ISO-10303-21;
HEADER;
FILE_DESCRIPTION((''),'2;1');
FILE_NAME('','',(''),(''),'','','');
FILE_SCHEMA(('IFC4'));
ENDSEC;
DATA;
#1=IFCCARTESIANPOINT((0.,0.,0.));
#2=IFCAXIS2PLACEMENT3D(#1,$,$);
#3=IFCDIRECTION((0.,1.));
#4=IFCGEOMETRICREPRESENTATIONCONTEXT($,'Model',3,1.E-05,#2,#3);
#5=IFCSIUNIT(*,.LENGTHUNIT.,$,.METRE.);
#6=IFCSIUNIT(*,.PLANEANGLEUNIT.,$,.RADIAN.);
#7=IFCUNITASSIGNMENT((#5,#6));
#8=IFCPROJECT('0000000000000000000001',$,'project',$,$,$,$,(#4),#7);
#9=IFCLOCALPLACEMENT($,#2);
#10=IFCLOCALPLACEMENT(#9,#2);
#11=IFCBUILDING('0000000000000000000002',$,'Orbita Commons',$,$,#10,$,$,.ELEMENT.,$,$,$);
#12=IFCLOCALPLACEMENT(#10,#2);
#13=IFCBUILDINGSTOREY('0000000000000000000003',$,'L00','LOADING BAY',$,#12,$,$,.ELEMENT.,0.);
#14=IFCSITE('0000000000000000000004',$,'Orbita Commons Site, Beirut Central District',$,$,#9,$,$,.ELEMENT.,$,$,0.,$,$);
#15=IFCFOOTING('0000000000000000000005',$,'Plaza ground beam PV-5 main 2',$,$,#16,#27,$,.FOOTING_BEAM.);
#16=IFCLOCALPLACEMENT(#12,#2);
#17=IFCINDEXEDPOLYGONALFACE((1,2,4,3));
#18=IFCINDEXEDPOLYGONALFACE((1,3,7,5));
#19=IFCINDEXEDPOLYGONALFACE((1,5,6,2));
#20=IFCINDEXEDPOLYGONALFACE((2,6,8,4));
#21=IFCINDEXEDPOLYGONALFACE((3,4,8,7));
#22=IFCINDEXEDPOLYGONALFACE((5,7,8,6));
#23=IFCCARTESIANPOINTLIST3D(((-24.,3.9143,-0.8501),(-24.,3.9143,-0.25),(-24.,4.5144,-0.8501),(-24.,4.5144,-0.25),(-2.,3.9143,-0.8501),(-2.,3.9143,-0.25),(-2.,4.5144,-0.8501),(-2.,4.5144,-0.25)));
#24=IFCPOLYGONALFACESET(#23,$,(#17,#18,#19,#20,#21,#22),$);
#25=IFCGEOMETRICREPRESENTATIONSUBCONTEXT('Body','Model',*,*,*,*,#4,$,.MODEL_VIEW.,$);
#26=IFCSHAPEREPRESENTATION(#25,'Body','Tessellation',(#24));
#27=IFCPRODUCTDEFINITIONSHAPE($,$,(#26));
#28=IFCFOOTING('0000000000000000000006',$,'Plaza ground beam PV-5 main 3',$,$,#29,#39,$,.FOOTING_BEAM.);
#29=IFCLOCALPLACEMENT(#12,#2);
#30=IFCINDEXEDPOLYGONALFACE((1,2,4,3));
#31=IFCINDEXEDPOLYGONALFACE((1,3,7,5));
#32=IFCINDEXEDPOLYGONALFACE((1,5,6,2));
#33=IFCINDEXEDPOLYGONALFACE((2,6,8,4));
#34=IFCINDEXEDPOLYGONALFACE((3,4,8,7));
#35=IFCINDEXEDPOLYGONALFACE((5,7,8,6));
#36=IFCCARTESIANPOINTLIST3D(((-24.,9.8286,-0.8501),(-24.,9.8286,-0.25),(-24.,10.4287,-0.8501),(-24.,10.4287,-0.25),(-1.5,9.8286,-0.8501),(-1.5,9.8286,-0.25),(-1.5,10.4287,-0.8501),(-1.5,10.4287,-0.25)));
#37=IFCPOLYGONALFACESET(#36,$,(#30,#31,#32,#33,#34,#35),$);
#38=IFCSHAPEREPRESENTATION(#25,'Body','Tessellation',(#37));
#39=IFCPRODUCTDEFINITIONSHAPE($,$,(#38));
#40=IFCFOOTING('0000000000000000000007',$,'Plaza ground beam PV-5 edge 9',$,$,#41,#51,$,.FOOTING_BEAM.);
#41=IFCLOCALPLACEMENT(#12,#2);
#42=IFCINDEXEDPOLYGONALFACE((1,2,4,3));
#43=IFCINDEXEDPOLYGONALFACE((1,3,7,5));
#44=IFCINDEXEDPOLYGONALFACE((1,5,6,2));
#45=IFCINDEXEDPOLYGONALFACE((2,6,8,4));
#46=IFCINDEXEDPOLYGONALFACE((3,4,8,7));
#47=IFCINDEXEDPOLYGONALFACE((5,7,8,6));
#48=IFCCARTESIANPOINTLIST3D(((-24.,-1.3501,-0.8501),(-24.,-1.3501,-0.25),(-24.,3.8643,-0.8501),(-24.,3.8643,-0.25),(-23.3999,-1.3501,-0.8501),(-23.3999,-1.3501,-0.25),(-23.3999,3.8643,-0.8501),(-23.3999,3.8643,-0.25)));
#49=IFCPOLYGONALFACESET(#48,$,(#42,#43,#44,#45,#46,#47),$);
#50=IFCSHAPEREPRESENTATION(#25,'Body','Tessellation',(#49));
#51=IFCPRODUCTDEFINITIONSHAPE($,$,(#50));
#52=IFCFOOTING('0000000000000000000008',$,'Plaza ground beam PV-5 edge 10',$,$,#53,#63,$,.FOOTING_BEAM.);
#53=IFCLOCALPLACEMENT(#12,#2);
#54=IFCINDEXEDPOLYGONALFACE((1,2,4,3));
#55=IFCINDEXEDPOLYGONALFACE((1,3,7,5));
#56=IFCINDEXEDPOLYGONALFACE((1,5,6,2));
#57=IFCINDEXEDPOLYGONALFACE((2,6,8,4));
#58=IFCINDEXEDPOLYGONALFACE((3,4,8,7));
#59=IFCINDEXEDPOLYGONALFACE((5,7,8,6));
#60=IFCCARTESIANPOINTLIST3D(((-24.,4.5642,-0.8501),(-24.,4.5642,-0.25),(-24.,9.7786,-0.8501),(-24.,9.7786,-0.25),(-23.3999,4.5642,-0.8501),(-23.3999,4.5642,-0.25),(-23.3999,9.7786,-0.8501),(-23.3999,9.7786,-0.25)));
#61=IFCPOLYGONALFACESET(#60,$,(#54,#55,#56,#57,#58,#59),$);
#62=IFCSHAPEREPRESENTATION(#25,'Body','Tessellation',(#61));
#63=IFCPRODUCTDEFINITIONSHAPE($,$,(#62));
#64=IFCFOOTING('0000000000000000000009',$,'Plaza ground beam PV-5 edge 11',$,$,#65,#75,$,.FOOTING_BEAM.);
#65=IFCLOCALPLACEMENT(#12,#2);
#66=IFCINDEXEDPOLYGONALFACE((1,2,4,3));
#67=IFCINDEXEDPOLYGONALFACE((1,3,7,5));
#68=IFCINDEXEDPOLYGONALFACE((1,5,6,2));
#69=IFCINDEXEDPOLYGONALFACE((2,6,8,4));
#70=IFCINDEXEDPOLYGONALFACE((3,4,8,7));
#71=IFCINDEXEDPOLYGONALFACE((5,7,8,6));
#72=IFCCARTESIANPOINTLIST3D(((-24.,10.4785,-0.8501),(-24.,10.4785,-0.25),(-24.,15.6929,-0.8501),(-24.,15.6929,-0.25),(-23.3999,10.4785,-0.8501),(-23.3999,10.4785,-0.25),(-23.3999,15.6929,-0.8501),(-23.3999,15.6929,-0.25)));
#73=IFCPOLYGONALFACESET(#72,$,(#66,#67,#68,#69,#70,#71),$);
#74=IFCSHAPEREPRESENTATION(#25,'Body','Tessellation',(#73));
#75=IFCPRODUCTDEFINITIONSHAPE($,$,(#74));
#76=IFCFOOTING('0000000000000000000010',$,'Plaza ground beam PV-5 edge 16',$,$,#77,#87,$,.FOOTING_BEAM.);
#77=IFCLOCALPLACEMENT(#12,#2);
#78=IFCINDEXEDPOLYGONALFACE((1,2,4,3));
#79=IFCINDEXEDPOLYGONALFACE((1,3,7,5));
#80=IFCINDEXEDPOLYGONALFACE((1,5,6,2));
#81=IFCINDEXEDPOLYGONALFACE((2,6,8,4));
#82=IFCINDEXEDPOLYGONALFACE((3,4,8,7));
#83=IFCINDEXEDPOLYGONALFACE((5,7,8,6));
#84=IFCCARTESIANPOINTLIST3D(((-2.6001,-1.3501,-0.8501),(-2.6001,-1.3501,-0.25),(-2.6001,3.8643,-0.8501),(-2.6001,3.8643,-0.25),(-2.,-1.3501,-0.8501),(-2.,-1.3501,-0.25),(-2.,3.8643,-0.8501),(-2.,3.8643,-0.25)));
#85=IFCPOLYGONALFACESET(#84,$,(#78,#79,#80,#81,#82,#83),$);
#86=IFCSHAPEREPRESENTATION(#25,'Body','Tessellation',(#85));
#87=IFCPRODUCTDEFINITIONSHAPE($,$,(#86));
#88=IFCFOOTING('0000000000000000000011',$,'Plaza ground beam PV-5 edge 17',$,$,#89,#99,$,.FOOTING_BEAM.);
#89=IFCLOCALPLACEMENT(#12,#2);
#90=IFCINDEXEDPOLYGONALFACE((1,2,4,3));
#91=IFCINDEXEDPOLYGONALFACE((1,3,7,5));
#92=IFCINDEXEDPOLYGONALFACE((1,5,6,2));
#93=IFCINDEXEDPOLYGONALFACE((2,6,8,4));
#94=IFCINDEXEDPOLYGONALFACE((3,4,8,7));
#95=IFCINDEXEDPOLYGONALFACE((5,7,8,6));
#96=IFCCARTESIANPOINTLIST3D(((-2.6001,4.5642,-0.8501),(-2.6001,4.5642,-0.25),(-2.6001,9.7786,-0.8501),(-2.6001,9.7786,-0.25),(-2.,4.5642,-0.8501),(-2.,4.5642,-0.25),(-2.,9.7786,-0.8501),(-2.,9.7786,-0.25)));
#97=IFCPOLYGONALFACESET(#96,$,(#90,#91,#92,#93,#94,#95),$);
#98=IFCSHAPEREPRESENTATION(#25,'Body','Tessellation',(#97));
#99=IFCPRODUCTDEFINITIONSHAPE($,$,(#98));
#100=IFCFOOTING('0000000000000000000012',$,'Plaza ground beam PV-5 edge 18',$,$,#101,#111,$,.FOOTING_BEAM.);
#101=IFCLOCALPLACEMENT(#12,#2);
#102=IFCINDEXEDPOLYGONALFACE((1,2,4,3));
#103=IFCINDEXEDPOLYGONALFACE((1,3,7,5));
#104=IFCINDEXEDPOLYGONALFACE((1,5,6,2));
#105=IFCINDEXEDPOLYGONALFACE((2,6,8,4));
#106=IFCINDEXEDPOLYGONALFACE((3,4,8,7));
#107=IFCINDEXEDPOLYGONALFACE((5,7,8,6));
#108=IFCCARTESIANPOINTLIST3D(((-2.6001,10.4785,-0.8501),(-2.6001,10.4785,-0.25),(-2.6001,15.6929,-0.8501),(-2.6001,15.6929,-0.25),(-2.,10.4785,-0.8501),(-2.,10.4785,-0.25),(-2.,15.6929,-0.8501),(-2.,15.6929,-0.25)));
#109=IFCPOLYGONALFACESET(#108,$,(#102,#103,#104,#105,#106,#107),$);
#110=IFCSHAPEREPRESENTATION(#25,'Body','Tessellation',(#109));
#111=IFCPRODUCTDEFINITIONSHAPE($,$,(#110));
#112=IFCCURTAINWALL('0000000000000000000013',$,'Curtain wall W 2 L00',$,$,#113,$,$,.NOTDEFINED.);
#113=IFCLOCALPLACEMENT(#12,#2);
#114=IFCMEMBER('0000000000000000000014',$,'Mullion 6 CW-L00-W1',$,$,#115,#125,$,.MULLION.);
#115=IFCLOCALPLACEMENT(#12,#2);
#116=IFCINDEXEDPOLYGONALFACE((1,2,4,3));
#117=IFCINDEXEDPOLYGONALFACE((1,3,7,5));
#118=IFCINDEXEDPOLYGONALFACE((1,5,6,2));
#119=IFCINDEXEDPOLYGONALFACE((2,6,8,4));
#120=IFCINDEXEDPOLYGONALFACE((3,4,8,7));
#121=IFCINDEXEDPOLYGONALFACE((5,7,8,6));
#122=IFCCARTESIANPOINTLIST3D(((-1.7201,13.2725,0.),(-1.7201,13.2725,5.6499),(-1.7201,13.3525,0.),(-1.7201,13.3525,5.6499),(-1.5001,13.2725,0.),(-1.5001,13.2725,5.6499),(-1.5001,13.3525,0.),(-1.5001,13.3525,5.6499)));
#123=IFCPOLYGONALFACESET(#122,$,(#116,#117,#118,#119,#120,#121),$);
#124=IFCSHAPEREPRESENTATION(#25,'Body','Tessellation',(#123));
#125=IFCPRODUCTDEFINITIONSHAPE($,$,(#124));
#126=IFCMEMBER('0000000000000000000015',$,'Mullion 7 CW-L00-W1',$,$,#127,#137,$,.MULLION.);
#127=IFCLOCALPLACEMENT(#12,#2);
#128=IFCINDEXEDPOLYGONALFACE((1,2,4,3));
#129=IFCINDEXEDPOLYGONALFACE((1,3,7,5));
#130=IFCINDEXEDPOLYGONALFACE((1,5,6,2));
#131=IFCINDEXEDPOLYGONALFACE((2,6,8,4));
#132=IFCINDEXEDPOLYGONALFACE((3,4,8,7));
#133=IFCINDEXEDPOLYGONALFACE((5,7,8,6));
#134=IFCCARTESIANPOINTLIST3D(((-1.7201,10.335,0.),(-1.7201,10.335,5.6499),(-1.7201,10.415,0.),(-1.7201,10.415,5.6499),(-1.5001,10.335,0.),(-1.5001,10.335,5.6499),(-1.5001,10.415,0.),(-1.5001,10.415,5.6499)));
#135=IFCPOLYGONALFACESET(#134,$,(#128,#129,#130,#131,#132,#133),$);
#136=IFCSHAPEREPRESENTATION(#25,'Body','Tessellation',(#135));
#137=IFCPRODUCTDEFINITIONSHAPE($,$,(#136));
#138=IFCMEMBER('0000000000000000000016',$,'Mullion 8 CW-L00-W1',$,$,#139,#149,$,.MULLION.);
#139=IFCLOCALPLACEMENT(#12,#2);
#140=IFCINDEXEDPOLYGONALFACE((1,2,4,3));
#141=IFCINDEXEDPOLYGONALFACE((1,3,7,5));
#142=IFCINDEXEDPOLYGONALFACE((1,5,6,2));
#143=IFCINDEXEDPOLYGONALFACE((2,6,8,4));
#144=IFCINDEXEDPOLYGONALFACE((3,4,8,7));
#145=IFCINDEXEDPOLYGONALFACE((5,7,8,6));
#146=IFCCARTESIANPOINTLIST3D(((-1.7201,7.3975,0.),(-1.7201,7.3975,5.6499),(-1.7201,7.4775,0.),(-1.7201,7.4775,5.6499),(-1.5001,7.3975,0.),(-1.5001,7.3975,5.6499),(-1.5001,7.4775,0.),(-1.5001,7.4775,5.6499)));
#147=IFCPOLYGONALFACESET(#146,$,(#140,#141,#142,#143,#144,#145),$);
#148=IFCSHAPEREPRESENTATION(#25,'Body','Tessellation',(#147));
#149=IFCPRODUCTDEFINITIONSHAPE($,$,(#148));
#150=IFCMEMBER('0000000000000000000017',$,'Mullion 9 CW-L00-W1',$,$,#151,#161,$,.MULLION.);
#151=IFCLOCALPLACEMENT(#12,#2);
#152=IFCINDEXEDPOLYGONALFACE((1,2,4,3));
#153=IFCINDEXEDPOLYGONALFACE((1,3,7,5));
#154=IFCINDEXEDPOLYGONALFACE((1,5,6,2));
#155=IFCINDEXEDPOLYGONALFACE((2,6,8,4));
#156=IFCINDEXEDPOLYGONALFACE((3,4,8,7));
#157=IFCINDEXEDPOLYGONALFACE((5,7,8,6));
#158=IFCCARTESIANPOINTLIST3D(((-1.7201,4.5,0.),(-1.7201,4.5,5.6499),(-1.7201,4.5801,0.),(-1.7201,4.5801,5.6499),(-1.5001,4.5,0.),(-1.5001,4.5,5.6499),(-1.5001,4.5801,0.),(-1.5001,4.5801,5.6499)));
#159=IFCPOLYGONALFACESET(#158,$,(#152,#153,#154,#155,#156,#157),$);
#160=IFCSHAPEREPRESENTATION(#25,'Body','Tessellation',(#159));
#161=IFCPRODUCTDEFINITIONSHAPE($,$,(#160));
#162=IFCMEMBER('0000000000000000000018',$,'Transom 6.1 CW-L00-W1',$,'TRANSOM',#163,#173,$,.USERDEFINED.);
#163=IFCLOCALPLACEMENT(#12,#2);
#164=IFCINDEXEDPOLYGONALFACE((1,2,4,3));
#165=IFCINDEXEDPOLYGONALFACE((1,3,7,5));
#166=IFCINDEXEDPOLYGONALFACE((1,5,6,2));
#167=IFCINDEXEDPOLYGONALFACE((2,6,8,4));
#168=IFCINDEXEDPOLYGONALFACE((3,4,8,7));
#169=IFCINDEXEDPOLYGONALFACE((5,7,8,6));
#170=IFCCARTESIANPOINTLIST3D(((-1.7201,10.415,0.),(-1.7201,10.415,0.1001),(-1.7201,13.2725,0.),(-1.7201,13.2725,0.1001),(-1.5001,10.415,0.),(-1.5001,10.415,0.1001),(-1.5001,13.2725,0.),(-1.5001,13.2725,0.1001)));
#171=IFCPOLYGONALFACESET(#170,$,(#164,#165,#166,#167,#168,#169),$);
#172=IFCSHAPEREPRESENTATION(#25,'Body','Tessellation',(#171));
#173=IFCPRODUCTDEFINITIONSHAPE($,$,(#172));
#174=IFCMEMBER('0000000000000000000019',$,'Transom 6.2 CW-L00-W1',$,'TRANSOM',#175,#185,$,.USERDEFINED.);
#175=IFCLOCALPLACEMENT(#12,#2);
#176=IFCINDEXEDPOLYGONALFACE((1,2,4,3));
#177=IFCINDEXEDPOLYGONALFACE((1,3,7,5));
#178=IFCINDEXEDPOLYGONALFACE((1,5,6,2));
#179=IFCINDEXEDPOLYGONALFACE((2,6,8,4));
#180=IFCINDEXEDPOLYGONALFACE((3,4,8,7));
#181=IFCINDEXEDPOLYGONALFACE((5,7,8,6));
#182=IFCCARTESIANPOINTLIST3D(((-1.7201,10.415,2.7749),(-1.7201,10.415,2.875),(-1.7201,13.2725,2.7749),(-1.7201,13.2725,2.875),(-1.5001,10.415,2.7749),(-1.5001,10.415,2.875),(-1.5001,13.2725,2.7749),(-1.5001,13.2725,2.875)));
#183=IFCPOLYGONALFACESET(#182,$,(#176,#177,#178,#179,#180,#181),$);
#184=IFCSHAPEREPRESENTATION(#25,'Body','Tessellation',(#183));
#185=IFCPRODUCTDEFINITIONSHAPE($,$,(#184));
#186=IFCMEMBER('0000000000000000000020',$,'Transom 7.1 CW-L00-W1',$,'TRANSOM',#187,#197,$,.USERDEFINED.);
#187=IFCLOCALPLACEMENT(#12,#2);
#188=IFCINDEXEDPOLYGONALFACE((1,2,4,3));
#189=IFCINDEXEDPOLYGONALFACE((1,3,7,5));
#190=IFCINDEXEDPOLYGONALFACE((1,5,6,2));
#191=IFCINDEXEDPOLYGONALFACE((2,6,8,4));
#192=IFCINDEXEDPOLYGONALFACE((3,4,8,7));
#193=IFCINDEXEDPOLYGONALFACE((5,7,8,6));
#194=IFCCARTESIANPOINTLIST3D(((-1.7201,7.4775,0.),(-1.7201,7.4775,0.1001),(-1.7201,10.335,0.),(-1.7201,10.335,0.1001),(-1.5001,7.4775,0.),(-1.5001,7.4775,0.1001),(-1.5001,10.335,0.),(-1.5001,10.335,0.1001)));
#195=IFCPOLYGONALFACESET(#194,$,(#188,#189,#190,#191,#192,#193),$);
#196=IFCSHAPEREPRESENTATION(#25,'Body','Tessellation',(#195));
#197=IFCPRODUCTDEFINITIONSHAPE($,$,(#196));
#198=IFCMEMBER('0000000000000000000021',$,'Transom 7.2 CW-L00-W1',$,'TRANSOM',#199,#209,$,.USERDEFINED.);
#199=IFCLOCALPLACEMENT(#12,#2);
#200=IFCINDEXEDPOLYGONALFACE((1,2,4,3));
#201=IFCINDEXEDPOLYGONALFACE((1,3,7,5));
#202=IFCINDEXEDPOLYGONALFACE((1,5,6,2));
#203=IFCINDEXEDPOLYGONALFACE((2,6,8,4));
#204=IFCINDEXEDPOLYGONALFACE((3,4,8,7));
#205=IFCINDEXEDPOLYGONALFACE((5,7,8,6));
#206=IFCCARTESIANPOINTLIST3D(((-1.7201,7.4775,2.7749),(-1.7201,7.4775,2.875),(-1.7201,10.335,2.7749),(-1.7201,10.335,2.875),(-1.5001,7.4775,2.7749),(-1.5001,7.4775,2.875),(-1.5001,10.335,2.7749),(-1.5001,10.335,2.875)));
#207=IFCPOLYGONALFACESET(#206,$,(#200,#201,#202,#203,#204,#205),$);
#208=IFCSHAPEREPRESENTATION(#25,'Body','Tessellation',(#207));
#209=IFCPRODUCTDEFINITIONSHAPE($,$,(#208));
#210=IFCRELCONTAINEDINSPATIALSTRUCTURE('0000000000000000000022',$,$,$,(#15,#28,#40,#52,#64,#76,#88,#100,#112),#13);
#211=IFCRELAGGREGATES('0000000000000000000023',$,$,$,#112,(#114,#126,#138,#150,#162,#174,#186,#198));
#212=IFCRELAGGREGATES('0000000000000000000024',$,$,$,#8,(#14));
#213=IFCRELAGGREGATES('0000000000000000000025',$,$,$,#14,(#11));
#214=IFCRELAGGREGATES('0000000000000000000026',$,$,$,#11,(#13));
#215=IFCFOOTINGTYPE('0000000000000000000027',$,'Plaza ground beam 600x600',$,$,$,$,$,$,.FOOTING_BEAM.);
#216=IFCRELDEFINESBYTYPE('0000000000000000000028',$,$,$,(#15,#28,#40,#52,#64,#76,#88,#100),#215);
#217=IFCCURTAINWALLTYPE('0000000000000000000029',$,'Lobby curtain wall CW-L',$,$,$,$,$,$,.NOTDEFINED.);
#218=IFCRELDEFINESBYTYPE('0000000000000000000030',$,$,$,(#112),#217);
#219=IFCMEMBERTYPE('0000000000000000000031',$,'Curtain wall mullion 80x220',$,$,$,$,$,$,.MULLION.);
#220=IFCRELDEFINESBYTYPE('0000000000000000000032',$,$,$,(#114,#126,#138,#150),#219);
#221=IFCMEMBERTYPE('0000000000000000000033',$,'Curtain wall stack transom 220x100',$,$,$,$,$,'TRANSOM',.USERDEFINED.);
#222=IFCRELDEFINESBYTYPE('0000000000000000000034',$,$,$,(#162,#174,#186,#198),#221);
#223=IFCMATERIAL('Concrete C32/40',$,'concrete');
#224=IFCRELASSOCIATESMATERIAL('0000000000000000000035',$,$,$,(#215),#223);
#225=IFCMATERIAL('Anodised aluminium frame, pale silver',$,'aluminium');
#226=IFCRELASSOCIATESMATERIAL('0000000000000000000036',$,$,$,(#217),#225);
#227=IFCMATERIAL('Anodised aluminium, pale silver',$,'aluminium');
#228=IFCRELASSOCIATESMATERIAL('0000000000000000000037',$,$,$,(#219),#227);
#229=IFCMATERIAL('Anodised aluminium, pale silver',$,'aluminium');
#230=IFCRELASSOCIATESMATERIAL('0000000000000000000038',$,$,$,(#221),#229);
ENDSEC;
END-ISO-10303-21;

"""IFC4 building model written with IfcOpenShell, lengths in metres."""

from ifc_helpers import new_model, si_unit, direction, frame, origin, origin_2d, place, context, subcontext, project, spatial, rectangle, extrude, material, material_profile, profile_set, type_object, element, aggregate, save


model = new_model("IFC4")

# Units and contexts
model_context = context("Model", 3, precision=1e-05, world=origin(), true_north=direction((0.0, 1.0)))
body_context = subcontext(model_context, "Body", "Model", "MODEL_VIEW")
ifc_project = project(units=[si_unit("LENGTHUNIT", "METRE"), si_unit("PLANEANGLEUNIT", "RADIAN")], contexts=[model_context])

# Site, building, storey
site_placement = place(None, origin())
site = spatial("IfcSite", under=ifc_project, at=site_placement, Name="Orbita Commons Site, Beirut Central District", CompositionType="ELEMENT", RefElevation=0.0)
building_placement = place(site_placement, origin())
building = spatial("IfcBuilding", under=site, at=building_placement, Name="Orbita Commons", CompositionType="ELEMENT")
storey_placement = place(building_placement, origin())
storey = spatial("IfcBuildingStorey", under=building, at=storey_placement, Name="L00", Description="LOADING BAY", CompositionType="ELEMENT", Elevation=0.0)

# Footings
ifc_material_1 = material(Name="Concrete C32/40", Category="concrete")
footing_type = type_object("IfcFootingType", Name="Plaza ground beam 600x600", PredefinedType="FOOTING_BEAM", material=ifc_material_1)
footing_1_placement = place(storey_placement, frame((-13.0, 4.2144, -0.8501), z_axis=(0.0, 0.0, 1.0), x_axis=(1.0, 0.0, 0.0)))
element("IfcFooting", 1, at=footing_1_placement, inside=storey, type_object=footing_type, Name="Plaza ground beam PV-5 main 2", PredefinedType="FOOTING_BEAM", context=body_context, shape_type="SweptSolid", body=[
    extrude(rectangle(XDim=22.0, YDim=0.6001, at=origin_2d()), origin(), (0.0, 0.0, 1.0), 0.6001),
])
footing_2_placement = place(storey_placement, frame((-12.75, 10.1287, -0.8501), z_axis=(0.0, 0.0, 1.0), x_axis=(1.0, 0.0, 0.0)))
element("IfcFooting", 2, at=footing_2_placement, inside=storey, type_object=footing_type, Name="Plaza ground beam PV-5 main 3", PredefinedType="FOOTING_BEAM", context=body_context, shape_type="SweptSolid", body=[
    extrude(rectangle(XDim=22.5, YDim=0.6001, at=origin_2d()), origin(), (0.0, 0.0, 1.0), 0.6001),
])
for number, where, z_axis, x_axis, name in (
    (3, (-23.7, 1.2571, -0.8501), (0.0, 0.0, 1.0), (1.0, 0.0, 0.0), "Plaza ground beam PV-5 edge 9"),
    (4, (-23.7, 7.1714, -0.8501), (0.0, 0.0, 1.0), (1.0, 0.0, 0.0), "Plaza ground beam PV-5 edge 10"),
    (5, (-23.7, 13.0857, -0.8501), (0.0, 0.0, 1.0), (1.0, 0.0, 0.0), "Plaza ground beam PV-5 edge 11"),
    (6, (-2.3, 1.2571, -0.8501), (0.0, 0.0, 1.0), (1.0, 0.0, 0.0), "Plaza ground beam PV-5 edge 16"),
    (7, (-2.3, 7.1714, -0.8501), (0.0, 0.0, 1.0), (1.0, 0.0, 0.0), "Plaza ground beam PV-5 edge 17"),
    (8, (-2.3, 13.0857, -0.8501), (0.0, 0.0, 1.0), (1.0, 0.0, 0.0), "Plaza ground beam PV-5 edge 18"),
):
    element("IfcFooting", number, at=place(storey_placement, frame(where, z_axis=z_axis, x_axis=x_axis)), inside=storey, type_object=footing_type, Name=name, PredefinedType="FOOTING_BEAM", context=body_context, shape_type="SweptSolid", body=[
        extrude(rectangle(XDim=0.6001, YDim=5.2144, at=origin_2d()), origin(), (0.0, 0.0, 1.0), 0.6001),
    ])

# Curtain wall, members
ifc_material_2 = material(Name="Anodised aluminium frame, pale silver", Category="aluminium")
curtain_wall_type = type_object("IfcCurtainWallType", Name="Lobby curtain wall CW-L", PredefinedType="NOTDEFINED", material=ifc_material_2)
curtain_wall_placement = place(storey_placement, origin())
curtain_wall = element("IfcCurtainWall", 9, at=curtain_wall_placement, inside=storey, type_object=curtain_wall_type, Name="Curtain wall W 2 L00", PredefinedType="NOTDEFINED")
ifc_material_3 = material(Name="Anodised aluminium, pale silver", Category="aluminium")
ifc_material_profile_1 = material_profile(ifc_material_3, rectangle(XDim=0.0801, YDim=0.22, at=origin_2d()), Name="AL 80x220")
ifc_profile_set_1 = profile_set([ifc_material_profile_1], Name="Anodised aluminium, pale silver")
member_type_1 = type_object("IfcMemberType", Name="Curtain wall mullion 80x220", PredefinedType="MULLION", material=ifc_profile_set_1)
member_1_placement = place(storey_placement, frame((-1.6101, 13.3125, 0.0), z_axis=(0.0, 0.0, 1.0), x_axis=(0.0, -1.0, 0.0)))
member_1 = element("IfcMember", 10, at=member_1_placement, type_object=member_type_1, Name="Mullion 6 CW-L00-W1", PredefinedType="MULLION", context=body_context, shape_type="SweptSolid", body=[
    extrude(rectangle(XDim=0.0801, YDim=0.22, at=origin_2d()), origin(), (0.0, 0.0, 1.0), 5.6499),
])
member_2_placement = place(storey_placement, frame((-1.6101, 10.375, 0.0), z_axis=(0.0, 0.0, 1.0), x_axis=(0.0, -1.0, 0.0)))
member_2 = element("IfcMember", 11, at=member_2_placement, type_object=member_type_1, Name="Mullion 7 CW-L00-W1", PredefinedType="MULLION", context=body_context, shape_type="SweptSolid", body=[
    extrude(rectangle(XDim=0.0801, YDim=0.22, at=origin_2d()), origin(), (0.0, 0.0, 1.0), 5.6499),
])
member_3_placement = place(storey_placement, frame((-1.6101, 7.4375, 0.0), z_axis=(0.0, 0.0, 1.0), x_axis=(0.0, -1.0, 0.0)))
member_3 = element("IfcMember", 12, at=member_3_placement, type_object=member_type_1, Name="Mullion 8 CW-L00-W1", PredefinedType="MULLION", context=body_context, shape_type="SweptSolid", body=[
    extrude(rectangle(XDim=0.0801, YDim=0.22, at=origin_2d()), origin(), (0.0, 0.0, 1.0), 5.6499),
])
member_4_placement = place(storey_placement, frame((-1.6101, 4.54, 0.0), z_axis=(0.0, 0.0, 1.0), x_axis=(0.0, -1.0, 0.0)))
member_4 = element("IfcMember", 13, at=member_4_placement, type_object=member_type_1, Name="Mullion 9 CW-L00-W1", PredefinedType="MULLION", context=body_context, shape_type="SweptSolid", body=[
    extrude(rectangle(XDim=0.0801, YDim=0.22, at=origin_2d()), origin(), (0.0, 0.0, 1.0), 5.6499),
])
ifc_material_4 = material(Name="Anodised aluminium, pale silver", Category="aluminium")
ifc_material_profile_2 = material_profile(ifc_material_4, rectangle(XDim=0.22, YDim=0.1001, at=origin_2d()), Name="AL 220x100")
ifc_profile_set_2 = profile_set([ifc_material_profile_2], Name="Anodised aluminium, pale silver")
member_type_2 = type_object("IfcMemberType", Name="Curtain wall stack transom 220x100", ElementType="TRANSOM", PredefinedType="USERDEFINED", material=ifc_profile_set_2)
member_5_placement = place(storey_placement, frame((-1.6101, 13.2725, 0.05), z_axis=(0.0, -1.0, 0.0), x_axis=(1.0, 0.0, 0.0)))
member_5 = element("IfcMember", 14, at=member_5_placement, type_object=member_type_2, Name="Transom 6.1 CW-L00-W1", ObjectType="TRANSOM", PredefinedType="USERDEFINED", context=body_context, shape_type="SweptSolid", body=[
    extrude(rectangle(XDim=0.22, YDim=0.1001, at=origin_2d()), origin(), (0.0, 0.0, 1.0), 2.8574),
])
member_6_placement = place(storey_placement, frame((-1.6101, 13.2725, 2.825), z_axis=(0.0, -1.0, 0.0), x_axis=(1.0, 0.0, 0.0)))
member_6 = element("IfcMember", 15, at=member_6_placement, type_object=member_type_2, Name="Transom 6.2 CW-L00-W1", ObjectType="TRANSOM", PredefinedType="USERDEFINED", context=body_context, shape_type="SweptSolid", body=[
    extrude(rectangle(XDim=0.22, YDim=0.1001, at=origin_2d()), origin(), (0.0, 0.0, 1.0), 2.8574),
])
member_7_placement = place(storey_placement, frame((-1.6101, 10.335, 0.05), z_axis=(0.0, -1.0, 0.0), x_axis=(1.0, 0.0, 0.0)))
member_7 = element("IfcMember", 16, at=member_7_placement, type_object=member_type_2, Name="Transom 7.1 CW-L00-W1", ObjectType="TRANSOM", PredefinedType="USERDEFINED", context=body_context, shape_type="SweptSolid", body=[
    extrude(rectangle(XDim=0.22, YDim=0.1001, at=origin_2d()), origin(), (0.0, 0.0, 1.0), 2.8574),
])
member_8_placement = place(storey_placement, frame((-1.6101, 10.335, 2.825), z_axis=(0.0, -1.0, 0.0), x_axis=(1.0, 0.0, 0.0)))
member_8 = element("IfcMember", 17, at=member_8_placement, type_object=member_type_2, Name="Transom 7.2 CW-L00-W1", ObjectType="TRANSOM", PredefinedType="USERDEFINED", context=body_context, shape_type="SweptSolid", body=[
    extrude(rectangle(XDim=0.22, YDim=0.1001, at=origin_2d()), origin(), (0.0, 0.0, 1.0), 2.8574),
])
aggregate(curtain_wall, [member_1, member_2, member_3, member_4, member_5, member_6, member_7, member_8])

save(model, "model.ifc")
